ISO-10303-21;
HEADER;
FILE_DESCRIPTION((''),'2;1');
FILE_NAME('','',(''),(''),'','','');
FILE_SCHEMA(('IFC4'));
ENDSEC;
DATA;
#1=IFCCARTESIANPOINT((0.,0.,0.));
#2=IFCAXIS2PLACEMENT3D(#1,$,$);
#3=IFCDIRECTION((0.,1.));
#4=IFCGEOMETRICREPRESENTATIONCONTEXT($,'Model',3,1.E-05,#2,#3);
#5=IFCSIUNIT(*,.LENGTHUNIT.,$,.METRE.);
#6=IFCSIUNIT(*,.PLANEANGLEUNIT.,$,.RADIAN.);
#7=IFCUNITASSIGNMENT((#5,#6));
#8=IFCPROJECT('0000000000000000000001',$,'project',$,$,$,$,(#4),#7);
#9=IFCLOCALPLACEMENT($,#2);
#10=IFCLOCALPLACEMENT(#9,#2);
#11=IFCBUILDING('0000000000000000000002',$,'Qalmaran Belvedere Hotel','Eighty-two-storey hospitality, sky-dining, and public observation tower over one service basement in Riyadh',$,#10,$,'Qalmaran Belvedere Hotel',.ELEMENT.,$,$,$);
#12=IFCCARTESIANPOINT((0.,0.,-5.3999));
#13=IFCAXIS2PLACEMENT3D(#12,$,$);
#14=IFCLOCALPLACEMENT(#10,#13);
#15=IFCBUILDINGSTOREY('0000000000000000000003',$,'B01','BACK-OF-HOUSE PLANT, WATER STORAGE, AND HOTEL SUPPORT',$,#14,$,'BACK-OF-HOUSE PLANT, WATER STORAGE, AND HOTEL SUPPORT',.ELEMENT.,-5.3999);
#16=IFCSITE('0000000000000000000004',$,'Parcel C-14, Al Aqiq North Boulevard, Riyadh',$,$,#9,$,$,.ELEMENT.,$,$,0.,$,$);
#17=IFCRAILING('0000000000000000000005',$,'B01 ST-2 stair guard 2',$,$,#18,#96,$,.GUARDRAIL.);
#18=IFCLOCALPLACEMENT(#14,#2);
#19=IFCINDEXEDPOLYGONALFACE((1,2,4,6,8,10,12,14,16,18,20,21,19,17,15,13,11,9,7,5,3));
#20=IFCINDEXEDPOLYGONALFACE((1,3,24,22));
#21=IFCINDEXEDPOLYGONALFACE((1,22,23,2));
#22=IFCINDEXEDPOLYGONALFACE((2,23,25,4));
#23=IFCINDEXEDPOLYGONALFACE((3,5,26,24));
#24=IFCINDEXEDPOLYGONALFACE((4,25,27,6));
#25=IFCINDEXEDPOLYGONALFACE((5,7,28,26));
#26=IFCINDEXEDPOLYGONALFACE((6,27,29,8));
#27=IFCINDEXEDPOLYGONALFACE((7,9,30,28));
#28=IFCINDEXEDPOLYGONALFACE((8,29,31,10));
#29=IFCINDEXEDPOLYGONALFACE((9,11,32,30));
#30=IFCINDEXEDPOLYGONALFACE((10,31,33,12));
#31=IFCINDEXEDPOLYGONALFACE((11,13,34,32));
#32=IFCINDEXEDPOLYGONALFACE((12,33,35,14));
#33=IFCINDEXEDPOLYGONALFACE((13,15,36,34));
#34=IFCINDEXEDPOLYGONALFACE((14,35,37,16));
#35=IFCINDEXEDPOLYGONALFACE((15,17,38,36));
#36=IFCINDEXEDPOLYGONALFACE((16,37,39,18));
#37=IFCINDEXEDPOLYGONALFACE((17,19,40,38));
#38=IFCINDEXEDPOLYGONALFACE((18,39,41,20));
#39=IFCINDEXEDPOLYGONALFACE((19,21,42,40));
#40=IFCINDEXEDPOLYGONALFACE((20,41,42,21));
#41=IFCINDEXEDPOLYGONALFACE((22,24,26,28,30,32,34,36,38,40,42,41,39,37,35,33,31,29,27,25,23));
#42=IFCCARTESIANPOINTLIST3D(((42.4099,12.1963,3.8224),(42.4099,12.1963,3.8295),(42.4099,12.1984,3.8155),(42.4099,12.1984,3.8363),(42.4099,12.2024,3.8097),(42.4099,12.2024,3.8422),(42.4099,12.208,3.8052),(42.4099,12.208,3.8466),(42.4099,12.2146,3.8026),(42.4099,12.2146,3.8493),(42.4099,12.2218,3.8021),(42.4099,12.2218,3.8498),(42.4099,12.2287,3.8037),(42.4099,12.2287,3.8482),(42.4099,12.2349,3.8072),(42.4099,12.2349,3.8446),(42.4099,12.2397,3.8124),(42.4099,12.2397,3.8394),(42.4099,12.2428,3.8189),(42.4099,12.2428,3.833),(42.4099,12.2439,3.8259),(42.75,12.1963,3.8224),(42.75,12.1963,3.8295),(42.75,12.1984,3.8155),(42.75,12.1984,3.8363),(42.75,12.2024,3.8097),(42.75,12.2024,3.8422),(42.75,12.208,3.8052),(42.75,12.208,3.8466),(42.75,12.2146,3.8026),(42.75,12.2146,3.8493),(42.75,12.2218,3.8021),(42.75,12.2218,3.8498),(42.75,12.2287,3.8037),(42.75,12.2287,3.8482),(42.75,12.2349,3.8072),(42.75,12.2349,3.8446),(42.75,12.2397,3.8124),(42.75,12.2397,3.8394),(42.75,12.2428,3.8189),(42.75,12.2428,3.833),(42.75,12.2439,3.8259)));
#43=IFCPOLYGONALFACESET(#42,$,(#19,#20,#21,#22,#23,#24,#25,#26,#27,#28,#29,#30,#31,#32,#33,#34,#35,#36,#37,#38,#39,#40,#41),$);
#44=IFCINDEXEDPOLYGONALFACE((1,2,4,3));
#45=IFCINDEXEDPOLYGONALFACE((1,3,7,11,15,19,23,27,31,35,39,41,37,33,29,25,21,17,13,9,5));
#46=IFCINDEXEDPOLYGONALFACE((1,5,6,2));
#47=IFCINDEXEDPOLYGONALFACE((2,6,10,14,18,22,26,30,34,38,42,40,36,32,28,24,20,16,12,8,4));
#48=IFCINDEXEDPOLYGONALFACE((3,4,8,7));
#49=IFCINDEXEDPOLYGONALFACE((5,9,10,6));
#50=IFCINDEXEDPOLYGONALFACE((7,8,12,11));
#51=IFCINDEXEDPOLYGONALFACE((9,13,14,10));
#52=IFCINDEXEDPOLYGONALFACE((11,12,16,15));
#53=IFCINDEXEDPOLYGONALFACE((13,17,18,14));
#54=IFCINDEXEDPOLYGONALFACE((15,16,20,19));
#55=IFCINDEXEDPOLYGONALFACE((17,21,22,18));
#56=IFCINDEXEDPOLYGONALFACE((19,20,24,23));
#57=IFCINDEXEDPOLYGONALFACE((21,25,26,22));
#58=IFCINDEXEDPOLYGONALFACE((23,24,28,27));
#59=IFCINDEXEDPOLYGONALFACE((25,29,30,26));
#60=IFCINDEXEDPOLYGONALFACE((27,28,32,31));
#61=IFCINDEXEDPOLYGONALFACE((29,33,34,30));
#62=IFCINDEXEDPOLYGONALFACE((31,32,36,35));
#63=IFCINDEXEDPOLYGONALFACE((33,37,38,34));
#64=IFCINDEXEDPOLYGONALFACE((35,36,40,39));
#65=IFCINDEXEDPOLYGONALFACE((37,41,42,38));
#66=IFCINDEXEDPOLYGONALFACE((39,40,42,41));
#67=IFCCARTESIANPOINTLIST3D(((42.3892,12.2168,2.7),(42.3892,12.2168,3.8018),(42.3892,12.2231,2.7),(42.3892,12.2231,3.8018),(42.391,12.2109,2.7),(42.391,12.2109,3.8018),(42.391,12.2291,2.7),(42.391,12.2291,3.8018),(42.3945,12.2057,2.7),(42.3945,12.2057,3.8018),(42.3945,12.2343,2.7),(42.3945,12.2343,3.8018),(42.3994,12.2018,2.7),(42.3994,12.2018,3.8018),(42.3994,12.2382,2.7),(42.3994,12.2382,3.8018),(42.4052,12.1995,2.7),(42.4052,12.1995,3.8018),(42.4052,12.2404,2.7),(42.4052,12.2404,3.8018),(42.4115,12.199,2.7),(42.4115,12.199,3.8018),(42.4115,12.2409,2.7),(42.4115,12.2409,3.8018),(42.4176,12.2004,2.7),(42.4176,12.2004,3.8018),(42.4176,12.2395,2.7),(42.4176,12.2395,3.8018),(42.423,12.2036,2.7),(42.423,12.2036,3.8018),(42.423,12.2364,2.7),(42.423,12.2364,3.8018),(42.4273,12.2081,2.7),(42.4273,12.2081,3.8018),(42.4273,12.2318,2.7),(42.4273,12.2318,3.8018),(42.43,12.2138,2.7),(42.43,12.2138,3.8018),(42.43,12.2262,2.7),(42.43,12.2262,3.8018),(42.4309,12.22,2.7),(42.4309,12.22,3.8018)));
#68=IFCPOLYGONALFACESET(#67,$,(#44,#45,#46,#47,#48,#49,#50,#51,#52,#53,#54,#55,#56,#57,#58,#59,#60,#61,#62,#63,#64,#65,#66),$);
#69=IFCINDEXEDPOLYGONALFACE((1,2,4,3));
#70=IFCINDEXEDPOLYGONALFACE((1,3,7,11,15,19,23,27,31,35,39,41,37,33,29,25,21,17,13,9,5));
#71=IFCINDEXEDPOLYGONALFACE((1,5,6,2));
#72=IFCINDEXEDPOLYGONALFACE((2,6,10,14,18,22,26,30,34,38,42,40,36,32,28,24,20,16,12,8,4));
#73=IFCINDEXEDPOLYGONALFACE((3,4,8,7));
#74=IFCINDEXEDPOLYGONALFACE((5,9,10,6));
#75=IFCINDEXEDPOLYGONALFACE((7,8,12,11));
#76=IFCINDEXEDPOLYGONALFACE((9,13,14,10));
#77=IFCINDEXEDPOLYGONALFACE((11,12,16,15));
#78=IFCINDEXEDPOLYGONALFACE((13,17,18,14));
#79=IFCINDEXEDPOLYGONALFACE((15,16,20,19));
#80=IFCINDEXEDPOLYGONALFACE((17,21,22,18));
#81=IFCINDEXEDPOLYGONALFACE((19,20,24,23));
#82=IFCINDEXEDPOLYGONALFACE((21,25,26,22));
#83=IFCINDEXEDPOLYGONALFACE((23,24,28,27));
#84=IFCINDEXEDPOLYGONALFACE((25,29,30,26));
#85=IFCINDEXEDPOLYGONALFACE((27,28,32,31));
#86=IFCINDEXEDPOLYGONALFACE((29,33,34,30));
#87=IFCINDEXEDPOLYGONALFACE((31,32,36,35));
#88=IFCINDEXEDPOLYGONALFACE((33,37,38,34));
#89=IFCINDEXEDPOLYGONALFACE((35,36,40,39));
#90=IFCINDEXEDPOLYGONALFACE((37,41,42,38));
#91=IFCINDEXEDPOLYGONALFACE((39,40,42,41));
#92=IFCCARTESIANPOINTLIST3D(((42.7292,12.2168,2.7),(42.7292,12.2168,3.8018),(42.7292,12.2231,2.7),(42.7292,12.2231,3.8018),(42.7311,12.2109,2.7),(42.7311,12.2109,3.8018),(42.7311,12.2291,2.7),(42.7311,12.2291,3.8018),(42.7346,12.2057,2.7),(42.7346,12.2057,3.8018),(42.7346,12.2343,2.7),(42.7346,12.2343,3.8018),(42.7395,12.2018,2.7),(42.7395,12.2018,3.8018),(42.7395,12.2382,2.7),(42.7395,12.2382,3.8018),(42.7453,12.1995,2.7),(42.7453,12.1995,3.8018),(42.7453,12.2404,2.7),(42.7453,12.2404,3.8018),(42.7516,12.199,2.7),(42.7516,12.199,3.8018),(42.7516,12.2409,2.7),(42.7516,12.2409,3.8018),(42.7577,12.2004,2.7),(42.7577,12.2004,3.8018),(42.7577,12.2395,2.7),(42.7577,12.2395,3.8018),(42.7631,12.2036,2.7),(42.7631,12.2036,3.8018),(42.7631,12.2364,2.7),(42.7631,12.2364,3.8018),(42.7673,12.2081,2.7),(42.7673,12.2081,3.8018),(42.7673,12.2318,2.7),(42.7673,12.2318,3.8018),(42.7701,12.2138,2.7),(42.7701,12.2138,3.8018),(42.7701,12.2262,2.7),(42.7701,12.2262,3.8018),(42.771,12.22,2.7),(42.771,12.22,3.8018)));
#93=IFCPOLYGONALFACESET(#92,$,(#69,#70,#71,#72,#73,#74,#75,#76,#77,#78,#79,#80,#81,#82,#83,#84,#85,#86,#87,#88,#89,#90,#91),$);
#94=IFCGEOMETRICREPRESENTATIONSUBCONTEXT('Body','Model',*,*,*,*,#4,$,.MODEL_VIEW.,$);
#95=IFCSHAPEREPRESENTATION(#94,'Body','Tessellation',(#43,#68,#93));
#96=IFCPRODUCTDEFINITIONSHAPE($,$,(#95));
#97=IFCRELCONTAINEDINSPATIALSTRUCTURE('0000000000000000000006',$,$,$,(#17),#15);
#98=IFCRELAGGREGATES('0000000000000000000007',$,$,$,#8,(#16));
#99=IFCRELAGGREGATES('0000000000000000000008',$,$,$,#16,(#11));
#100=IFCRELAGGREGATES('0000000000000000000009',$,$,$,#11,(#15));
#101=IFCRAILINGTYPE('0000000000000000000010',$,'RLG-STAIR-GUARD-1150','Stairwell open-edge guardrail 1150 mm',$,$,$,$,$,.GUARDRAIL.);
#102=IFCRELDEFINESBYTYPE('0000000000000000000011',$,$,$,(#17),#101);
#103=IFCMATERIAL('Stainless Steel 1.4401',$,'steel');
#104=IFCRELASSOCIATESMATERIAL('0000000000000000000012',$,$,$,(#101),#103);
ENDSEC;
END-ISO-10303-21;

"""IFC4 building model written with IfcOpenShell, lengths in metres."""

from ifc_helpers import new_model, si_unit, direction, frame, origin, origin_2d, place, context, subcontext, project, spatial, circle, extrude, material, type_object, element, save


model = new_model("IFC4")

# Units and contexts
model_context = context("Model", 3, precision=1e-05, world=origin(), true_north=direction((0.0, 1.0)))
body_context = subcontext(model_context, "Body", "Model", "MODEL_VIEW")
ifc_project = project(units=[si_unit("LENGTHUNIT", "METRE"), si_unit("PLANEANGLEUNIT", "RADIAN")], contexts=[model_context])

# Site, building, storey
site_placement = place(None, origin())
site = spatial("IfcSite", under=ifc_project, at=site_placement, Name="Parcel C-14, Al Aqiq North Boulevard, Riyadh", CompositionType="ELEMENT", RefElevation=0.0)
building_placement = place(site_placement, origin())
building = spatial("IfcBuilding", under=site, at=building_placement, Name="Qalmaran Belvedere Hotel", Description="Eighty-two-storey hospitality, sky-dining, and public observation tower over one service basement in Riyadh", LongName="Qalmaran Belvedere Hotel", CompositionType="ELEMENT")
storey_placement = place(building_placement, frame((0.0, 0.0, -5.3999)))
storey = spatial("IfcBuildingStorey", under=building, at=storey_placement, Name="B01", Description="BACK-OF-HOUSE PLANT, WATER STORAGE, AND HOTEL SUPPORT", LongName="BACK-OF-HOUSE PLANT, WATER STORAGE, AND HOTEL SUPPORT", CompositionType="ELEMENT", Elevation=-5.3999)

# Railing
ifc_material_1 = material(Name="Stainless Steel 1.4401", Category="steel")
railing_type_1 = type_object("IfcRailingType", Name="RLG-STAIR-GUARD-1150", Description="Stairwell open-edge guardrail 1150 mm", PredefinedType="GUARDRAIL", material=ifc_material_1)
railing_1_placement = place(storey_placement, frame((42.4099, 12.22, 2.7)))
element("IfcRailing", 1, at=railing_1_placement, inside=storey, type_object=railing_type_1, Name="B01 ST-2 stair guard 2", PredefinedType="GUARDRAIL", context=body_context, shape_type="SweptSolid", body=[
    extrude(circle(Radius=0.0239, at=origin_2d()), frame((0.0, 0.0, 1.126), z_axis=(1.0, 0.0, 0.0), x_axis=(0.0, 1.0, 0.0)), (0.0, 0.0, 1.0), 0.3401),
    extrude(circle(Radius=0.021, at=origin_2d()), origin(), (0.0, 0.0, 1.0), 1.1018),
    extrude(circle(Radius=0.021, at=origin_2d()), frame((0.3401, 0.0, 0.0)), (0.0, 0.0, 1.0), 1.1018),
])

save(model, "model.ifc")
